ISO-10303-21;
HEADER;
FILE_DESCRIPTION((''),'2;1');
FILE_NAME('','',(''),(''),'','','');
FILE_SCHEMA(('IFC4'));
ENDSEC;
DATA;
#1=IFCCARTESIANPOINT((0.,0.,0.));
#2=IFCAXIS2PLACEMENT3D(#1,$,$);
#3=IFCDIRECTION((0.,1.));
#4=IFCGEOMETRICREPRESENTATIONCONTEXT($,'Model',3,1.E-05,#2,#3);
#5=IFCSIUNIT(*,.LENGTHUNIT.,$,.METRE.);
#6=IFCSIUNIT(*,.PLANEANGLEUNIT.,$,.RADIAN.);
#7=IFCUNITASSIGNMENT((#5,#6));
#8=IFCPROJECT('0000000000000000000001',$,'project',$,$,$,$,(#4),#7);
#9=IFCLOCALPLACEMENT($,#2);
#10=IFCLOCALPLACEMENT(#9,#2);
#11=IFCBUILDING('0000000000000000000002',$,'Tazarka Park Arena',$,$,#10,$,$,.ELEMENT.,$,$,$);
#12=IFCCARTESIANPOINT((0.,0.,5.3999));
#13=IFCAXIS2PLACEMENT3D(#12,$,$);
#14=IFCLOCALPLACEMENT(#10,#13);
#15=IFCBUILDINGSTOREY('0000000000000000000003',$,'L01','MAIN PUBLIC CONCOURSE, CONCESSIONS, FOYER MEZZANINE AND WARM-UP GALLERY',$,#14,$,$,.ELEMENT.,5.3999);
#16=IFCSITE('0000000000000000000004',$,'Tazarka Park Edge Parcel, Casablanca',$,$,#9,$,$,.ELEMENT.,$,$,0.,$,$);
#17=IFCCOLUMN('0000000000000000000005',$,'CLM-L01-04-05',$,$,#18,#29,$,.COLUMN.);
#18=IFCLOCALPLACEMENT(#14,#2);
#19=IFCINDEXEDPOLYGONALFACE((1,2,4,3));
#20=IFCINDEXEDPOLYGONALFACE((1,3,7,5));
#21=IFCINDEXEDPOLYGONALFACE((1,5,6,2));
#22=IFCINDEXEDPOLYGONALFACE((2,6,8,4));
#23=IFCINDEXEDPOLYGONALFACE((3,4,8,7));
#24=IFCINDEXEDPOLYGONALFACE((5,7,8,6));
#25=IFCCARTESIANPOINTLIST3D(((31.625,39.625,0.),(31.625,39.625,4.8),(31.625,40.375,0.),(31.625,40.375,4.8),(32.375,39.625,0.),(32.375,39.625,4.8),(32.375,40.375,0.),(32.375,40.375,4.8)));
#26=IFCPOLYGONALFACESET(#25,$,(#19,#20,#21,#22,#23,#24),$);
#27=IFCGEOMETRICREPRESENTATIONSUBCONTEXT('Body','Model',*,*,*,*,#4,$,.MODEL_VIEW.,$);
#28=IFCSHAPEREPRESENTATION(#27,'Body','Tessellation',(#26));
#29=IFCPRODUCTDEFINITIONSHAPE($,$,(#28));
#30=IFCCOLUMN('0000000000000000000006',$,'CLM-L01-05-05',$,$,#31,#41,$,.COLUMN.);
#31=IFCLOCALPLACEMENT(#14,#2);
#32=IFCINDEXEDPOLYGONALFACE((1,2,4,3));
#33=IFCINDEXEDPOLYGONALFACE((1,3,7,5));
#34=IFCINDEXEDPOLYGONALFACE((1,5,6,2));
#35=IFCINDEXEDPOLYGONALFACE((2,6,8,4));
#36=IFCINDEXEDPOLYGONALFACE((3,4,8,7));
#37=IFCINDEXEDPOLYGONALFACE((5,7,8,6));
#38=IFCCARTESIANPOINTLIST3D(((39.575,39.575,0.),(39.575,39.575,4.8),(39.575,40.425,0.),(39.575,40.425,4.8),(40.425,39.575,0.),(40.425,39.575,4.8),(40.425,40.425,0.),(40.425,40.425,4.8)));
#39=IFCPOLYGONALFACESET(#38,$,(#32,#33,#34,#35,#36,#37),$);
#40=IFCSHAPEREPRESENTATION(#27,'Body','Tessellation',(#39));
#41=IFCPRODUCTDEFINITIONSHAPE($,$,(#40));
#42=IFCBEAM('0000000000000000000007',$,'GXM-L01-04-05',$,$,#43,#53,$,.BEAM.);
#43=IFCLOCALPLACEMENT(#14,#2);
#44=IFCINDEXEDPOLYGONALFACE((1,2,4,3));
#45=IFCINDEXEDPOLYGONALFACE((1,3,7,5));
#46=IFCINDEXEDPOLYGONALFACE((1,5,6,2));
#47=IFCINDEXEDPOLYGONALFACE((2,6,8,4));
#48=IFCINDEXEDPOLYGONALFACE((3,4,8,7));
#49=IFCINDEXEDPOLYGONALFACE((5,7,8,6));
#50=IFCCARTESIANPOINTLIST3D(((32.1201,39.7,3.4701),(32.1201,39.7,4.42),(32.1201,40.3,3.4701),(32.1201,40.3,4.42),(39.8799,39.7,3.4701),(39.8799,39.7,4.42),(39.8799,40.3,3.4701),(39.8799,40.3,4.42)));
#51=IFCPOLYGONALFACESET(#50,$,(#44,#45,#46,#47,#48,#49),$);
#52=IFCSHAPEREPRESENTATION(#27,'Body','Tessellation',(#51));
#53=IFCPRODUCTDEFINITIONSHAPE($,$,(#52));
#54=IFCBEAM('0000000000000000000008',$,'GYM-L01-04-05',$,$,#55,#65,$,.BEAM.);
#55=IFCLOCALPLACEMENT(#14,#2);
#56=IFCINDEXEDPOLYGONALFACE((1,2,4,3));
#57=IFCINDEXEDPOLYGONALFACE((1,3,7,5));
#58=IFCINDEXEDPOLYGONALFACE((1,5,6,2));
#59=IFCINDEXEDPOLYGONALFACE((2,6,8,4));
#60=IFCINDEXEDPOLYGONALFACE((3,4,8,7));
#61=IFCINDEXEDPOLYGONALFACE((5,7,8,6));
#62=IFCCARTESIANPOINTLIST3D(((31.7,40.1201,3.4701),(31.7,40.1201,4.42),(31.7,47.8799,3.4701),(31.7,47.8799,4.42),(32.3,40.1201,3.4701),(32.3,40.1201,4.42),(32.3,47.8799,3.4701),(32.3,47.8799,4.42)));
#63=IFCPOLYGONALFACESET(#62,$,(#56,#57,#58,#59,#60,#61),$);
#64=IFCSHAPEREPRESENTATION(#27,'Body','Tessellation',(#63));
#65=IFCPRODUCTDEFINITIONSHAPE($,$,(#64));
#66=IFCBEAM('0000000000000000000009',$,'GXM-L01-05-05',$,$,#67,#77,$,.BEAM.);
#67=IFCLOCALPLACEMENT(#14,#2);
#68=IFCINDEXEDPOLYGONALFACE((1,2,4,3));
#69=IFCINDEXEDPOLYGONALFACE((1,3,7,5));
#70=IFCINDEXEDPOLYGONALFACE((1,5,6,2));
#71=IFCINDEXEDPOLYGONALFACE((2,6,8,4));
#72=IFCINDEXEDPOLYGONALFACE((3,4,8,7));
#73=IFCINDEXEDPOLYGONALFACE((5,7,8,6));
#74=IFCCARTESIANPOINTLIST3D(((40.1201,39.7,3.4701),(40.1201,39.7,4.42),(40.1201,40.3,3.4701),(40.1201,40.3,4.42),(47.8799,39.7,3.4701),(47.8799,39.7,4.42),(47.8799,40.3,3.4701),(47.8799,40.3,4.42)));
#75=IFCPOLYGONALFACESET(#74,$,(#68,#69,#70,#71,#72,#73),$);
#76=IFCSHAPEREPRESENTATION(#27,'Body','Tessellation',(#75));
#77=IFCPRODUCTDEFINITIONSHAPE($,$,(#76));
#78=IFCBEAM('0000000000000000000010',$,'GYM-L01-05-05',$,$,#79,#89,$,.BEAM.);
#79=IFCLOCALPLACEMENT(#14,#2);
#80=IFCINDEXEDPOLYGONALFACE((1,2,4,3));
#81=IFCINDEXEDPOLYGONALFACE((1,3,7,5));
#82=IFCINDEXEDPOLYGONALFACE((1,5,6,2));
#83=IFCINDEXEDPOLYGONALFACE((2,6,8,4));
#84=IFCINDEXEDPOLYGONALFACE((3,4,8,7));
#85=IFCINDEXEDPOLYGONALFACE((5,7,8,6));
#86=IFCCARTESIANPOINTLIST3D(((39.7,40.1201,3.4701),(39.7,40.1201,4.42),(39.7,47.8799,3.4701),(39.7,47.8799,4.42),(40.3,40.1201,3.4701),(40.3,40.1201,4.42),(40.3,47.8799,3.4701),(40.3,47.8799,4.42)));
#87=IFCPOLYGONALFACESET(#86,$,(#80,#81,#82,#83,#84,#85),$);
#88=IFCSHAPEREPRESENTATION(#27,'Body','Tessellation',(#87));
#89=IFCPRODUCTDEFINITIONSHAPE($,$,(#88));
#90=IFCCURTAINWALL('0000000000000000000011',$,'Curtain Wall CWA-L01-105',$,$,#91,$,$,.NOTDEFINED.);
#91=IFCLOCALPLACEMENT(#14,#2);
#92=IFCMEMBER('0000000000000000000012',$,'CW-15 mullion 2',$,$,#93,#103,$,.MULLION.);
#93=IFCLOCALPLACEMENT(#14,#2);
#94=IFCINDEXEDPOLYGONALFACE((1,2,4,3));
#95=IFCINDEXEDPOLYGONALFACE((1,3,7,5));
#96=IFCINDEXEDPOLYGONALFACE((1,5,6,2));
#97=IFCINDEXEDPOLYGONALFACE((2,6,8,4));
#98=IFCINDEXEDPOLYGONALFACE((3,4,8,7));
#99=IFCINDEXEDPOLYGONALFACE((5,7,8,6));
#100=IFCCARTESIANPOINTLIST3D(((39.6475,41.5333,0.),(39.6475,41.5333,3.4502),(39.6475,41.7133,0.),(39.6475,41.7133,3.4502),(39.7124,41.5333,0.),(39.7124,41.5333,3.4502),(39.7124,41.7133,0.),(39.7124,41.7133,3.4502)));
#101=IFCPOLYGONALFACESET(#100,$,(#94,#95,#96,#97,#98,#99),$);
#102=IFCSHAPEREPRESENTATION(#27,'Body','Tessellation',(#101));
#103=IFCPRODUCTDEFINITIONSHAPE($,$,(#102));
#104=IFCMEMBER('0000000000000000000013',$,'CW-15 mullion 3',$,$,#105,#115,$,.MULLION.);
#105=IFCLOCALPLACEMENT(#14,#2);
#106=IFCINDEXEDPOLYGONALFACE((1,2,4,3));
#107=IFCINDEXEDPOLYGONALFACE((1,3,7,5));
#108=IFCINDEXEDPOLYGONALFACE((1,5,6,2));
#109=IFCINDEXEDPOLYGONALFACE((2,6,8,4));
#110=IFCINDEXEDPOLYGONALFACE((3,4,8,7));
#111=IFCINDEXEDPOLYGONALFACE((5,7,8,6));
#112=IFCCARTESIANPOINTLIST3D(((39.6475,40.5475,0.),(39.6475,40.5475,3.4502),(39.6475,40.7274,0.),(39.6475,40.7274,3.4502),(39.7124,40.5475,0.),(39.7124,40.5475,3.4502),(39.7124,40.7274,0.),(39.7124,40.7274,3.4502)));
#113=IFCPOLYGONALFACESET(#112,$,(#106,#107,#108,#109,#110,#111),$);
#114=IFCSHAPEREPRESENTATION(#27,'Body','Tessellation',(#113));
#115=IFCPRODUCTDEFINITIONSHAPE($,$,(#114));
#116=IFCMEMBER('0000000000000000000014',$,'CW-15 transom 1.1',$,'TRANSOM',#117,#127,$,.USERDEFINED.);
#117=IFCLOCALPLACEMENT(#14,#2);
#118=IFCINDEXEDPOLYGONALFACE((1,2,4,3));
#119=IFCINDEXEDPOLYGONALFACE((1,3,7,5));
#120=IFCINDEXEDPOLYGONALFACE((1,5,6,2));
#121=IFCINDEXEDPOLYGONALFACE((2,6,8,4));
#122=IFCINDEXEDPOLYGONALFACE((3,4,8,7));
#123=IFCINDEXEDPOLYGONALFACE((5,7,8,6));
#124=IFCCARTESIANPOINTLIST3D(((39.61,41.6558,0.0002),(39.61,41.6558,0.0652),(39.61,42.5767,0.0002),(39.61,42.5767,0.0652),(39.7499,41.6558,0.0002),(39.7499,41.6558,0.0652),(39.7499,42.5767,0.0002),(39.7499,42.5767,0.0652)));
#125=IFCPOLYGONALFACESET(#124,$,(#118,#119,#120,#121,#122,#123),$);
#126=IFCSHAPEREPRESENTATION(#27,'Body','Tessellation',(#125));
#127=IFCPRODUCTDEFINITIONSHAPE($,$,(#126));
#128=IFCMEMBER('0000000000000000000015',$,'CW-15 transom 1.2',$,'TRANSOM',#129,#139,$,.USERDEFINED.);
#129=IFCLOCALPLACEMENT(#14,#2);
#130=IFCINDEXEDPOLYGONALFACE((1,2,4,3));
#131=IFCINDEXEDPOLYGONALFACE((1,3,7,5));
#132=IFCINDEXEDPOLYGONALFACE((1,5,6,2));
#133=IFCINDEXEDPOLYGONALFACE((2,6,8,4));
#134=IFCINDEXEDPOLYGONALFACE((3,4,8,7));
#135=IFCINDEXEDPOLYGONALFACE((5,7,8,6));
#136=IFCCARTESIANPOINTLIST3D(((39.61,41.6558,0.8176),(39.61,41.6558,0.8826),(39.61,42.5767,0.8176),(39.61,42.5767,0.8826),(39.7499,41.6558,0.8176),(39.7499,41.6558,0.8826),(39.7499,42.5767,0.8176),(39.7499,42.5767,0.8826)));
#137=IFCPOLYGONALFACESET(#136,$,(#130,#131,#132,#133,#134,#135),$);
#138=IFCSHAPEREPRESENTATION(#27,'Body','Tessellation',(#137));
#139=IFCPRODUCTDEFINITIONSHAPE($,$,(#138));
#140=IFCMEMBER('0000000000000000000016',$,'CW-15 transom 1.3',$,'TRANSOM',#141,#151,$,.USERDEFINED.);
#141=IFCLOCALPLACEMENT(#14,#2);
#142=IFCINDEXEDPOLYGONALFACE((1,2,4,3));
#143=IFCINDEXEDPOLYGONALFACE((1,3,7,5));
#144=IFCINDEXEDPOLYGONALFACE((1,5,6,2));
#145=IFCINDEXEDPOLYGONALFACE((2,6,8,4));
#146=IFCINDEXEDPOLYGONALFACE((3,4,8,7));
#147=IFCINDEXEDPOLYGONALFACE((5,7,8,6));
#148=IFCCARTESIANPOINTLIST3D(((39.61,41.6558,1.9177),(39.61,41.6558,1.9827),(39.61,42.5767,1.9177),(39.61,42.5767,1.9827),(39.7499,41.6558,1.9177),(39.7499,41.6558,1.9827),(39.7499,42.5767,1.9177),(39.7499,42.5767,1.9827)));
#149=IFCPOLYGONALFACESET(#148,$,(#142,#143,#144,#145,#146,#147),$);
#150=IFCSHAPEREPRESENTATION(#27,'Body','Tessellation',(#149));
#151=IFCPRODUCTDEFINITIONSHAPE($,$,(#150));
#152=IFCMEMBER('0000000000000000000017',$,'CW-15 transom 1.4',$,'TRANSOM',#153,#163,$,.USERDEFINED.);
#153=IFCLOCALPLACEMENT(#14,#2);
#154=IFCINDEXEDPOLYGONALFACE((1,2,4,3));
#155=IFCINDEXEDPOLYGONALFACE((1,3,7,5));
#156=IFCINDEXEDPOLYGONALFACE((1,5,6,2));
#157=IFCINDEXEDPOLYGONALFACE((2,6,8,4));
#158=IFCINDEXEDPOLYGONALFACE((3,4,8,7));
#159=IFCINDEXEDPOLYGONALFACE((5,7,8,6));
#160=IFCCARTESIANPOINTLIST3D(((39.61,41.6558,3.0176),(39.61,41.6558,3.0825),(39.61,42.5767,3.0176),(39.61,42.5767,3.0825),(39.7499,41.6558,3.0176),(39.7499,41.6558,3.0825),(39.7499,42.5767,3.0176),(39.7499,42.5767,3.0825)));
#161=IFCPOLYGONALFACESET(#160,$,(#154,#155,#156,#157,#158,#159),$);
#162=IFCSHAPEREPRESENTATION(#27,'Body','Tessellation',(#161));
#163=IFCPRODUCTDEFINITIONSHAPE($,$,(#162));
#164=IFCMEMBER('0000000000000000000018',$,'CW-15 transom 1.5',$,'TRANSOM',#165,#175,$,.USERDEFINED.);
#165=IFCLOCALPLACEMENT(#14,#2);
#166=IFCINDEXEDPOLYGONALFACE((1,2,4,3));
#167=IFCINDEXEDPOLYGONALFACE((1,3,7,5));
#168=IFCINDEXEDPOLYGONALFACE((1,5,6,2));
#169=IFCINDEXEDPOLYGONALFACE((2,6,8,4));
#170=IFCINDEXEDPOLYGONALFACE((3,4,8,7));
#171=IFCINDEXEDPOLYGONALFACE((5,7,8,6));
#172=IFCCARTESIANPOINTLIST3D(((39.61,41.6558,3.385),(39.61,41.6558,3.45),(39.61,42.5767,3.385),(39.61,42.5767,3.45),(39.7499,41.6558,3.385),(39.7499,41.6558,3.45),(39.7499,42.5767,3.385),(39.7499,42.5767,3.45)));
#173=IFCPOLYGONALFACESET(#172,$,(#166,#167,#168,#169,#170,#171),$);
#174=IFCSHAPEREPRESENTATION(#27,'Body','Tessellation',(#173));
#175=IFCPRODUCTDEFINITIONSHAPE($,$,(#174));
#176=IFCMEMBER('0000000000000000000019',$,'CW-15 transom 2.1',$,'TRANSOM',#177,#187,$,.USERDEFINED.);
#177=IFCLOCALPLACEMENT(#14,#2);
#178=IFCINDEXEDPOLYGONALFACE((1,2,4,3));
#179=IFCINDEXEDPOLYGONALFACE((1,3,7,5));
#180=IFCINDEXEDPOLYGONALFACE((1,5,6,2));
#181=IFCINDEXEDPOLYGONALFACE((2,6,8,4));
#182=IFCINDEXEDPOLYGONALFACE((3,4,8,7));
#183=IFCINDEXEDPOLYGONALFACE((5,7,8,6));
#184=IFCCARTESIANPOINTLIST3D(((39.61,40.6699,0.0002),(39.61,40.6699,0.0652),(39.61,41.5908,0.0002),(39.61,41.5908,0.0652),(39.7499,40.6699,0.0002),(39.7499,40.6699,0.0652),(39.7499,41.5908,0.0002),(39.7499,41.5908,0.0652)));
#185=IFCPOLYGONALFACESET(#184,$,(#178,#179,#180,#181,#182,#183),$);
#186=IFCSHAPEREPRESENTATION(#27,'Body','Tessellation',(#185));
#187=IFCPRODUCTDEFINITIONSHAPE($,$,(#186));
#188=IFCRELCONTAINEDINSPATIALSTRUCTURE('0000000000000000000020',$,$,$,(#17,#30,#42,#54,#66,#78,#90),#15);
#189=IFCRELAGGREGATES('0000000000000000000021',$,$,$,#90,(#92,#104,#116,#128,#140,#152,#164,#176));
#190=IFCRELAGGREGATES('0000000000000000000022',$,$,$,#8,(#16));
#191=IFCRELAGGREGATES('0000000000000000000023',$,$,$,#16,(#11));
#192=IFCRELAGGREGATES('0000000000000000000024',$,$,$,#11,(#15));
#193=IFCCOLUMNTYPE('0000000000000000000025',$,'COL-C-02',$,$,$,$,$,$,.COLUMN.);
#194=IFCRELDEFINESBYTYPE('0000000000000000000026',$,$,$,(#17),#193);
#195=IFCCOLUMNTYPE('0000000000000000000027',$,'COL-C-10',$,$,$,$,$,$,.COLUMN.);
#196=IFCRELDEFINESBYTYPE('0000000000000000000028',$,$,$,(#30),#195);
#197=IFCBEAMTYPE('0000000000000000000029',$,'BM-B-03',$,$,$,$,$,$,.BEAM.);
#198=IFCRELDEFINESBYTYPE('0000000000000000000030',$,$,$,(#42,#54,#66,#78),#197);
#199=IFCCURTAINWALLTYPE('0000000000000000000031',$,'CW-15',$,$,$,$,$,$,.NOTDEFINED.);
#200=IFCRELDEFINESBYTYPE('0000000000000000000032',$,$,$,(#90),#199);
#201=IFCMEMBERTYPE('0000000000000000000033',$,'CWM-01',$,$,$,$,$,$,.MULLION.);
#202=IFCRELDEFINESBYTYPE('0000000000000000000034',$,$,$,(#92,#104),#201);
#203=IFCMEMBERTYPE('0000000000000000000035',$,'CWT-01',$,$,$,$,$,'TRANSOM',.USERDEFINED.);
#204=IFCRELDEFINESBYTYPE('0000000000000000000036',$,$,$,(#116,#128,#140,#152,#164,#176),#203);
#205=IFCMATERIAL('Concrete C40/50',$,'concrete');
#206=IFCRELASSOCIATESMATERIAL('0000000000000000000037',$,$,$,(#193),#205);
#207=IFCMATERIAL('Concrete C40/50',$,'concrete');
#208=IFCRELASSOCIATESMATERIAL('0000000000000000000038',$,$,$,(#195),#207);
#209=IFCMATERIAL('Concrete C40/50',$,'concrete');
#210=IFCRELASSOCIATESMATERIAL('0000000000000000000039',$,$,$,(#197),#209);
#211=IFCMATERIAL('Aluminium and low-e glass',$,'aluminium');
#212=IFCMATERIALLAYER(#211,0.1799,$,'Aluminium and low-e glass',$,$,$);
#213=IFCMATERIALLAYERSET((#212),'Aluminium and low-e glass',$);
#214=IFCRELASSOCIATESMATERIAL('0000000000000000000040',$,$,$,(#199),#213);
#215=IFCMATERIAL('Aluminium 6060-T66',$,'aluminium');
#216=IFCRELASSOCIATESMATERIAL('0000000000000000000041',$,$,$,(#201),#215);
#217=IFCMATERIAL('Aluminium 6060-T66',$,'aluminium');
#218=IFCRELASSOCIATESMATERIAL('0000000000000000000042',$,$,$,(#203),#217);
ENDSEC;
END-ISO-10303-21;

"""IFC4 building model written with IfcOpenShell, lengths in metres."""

from ifc_helpers import new_model, si_unit, direction, frame, origin, origin_2d, place, context, subcontext, project, spatial, rectangle, extrude, material, layer, layer_set, material_profile, profile_set, type_object, element, aggregate, save


model = new_model("IFC4")

# Units and contexts
model_context = context("Model", 3, precision=1e-05, world=origin(), true_north=direction((0.0, 1.0)))
body_context = subcontext(model_context, "Body", "Model", "MODEL_VIEW")
ifc_project = project(units=[si_unit("LENGTHUNIT", "METRE"), si_unit("PLANEANGLEUNIT", "RADIAN")], contexts=[model_context])

# Site, building, storey
site_placement = place(None, origin())
site = spatial("IfcSite", under=ifc_project, at=site_placement, Name="Tazarka Park Edge Parcel, Casablanca", CompositionType="ELEMENT", RefElevation=0.0)
building_placement = place(site_placement, origin())
building = spatial("IfcBuilding", under=site, at=building_placement, Name="Tazarka Park Arena", CompositionType="ELEMENT")
storey_placement = place(building_placement, frame((0.0, 0.0, 5.3999)))
storey = spatial("IfcBuildingStorey", under=building, at=storey_placement, Name="L01", Description="MAIN PUBLIC CONCOURSE, CONCESSIONS, FOYER MEZZANINE AND WARM-UP GALLERY", CompositionType="ELEMENT", Elevation=5.3999)

# Columns
ifc_material_1 = material(Name="Concrete C40/50", Category="concrete")
ifc_material_profile_1 = material_profile(ifc_material_1, rectangle(XDim=0.75, YDim=0.75, at=origin_2d()), Name="Concrete C40/50")
ifc_profile_set_1 = profile_set([ifc_material_profile_1], Name="Concrete C40/50")
column_type_1 = type_object("IfcColumnType", Name="COL-C-02", PredefinedType="COLUMN", material=ifc_profile_set_1)
column_1_placement = place(storey_placement, frame((32.0, 40.0, 0.0), z_axis=(0.0, 0.0, 1.0), x_axis=(1.0, 0.0, 0.0)))
element("IfcColumn", 1, at=column_1_placement, inside=storey, type_object=column_type_1, Name="CLM-L01-04-05", PredefinedType="COLUMN", context=body_context, shape_type="SweptSolid", body=[
    extrude(rectangle(XDim=0.75, YDim=0.75, at=origin_2d()), origin(), (0.0, 0.0, 1.0), 4.8),
])
ifc_material_2 = material(Name="Concrete C40/50", Category="concrete")
ifc_material_profile_2 = material_profile(ifc_material_2, rectangle(XDim=0.8501, YDim=0.8501, at=origin_2d()), Name="Concrete C40/50")
ifc_profile_set_2 = profile_set([ifc_material_profile_2], Name="Concrete C40/50")
column_type_2 = type_object("IfcColumnType", Name="COL-C-10", PredefinedType="COLUMN", material=ifc_profile_set_2)
column_2_placement = place(storey_placement, frame((40.0, 40.0, 0.0), z_axis=(0.0, 0.0, 1.0), x_axis=(1.0, 0.0, 0.0)))
element("IfcColumn", 2, at=column_2_placement, inside=storey, type_object=column_type_2, Name="CLM-L01-05-05", PredefinedType="COLUMN", context=body_context, shape_type="SweptSolid", body=[
    extrude(rectangle(XDim=0.8501, YDim=0.8501, at=origin_2d()), origin(), (0.0, 0.0, 1.0), 4.8),
])

# Beams
ifc_material_3 = material(Name="Concrete C40/50", Category="concrete")
ifc_material_profile_3 = material_profile(ifc_material_3, rectangle(XDim=0.6001, YDim=0.95, at=origin_2d()), Name="Concrete C40/50")
ifc_profile_set_3 = profile_set([ifc_material_profile_3], Name="Concrete C40/50")
beam_type = type_object("IfcBeamType", Name="BM-B-03", PredefinedType="BEAM", material=ifc_profile_set_3)
for number, where, z_axis, x_axis, name in (
    (3, (32.1201, 40.0, 3.9451), (1.0, 0.0, 0.0), (0.0, 1.0, 0.0), "GXM-L01-04-05"),
    (4, (32.0, 40.1201, 3.9451), (0.0, 1.0, 0.0), (-1.0, 0.0, 0.0), "GYM-L01-04-05"),
    (5, (40.1201, 40.0, 3.9451), (1.0, 0.0, 0.0), (0.0, 1.0, 0.0), "GXM-L01-05-05"),
    (6, (40.0, 40.1201, 3.9451), (0.0, 1.0, 0.0), (-1.0, 0.0, 0.0), "GYM-L01-05-05"),
):
    element("IfcBeam", number, at=place(storey_placement, frame(where, z_axis=z_axis, x_axis=x_axis)), inside=storey, type_object=beam_type, Name=name, PredefinedType="BEAM", context=body_context, shape_type="SweptSolid", body=[
        extrude(rectangle(XDim=0.6001, YDim=0.95, at=origin_2d()), origin(), (0.0, 0.0, 1.0), 7.7598),
    ])

# Curtain wall, members
ifc_material_4 = material(Name="Aluminium and low-e glass", Category="aluminium")
ifc_layer_1 = layer(ifc_material_4, 0.1799, Name="Aluminium and low-e glass")
ifc_layer_set_1 = layer_set([ifc_layer_1], Name="Aluminium and low-e glass")
curtain_wall_type_1 = type_object("IfcCurtainWallType", Name="CW-15", PredefinedType="NOTDEFINED", material=ifc_layer_set_1)
curtain_wall_1_placement = place(storey_placement, origin())
curtain_wall_1 = element("IfcCurtainWall", 7, at=curtain_wall_1_placement, inside=storey, type_object=curtain_wall_type_1, Name="Curtain Wall CWA-L01-105", PredefinedType="NOTDEFINED")
ifc_material_5 = material(Name="Aluminium 6060-T66", Category="aluminium")
ifc_material_profile_4 = material_profile(ifc_material_5, rectangle(XDim=0.0649, YDim=0.1799, at=origin_2d()), Name="Aluminium 6060-T66")
ifc_profile_set_4 = profile_set([ifc_material_profile_4], Name="Aluminium 6060-T66")
member_type_1 = type_object("IfcMemberType", Name="CWM-01", PredefinedType="MULLION", material=ifc_profile_set_4)
member_1_placement = place(storey_placement, frame((39.6799, 41.6233, 0.0), z_axis=(0.0, 0.0, 1.0), x_axis=(1.0, 0.0, 0.0)))
member_1 = element("IfcMember", 8, at=member_1_placement, type_object=member_type_1, Name="CW-15 mullion 2", PredefinedType="MULLION", context=body_context, shape_type="SweptSolid", body=[
    extrude(rectangle(XDim=0.0649, YDim=0.1799, at=origin_2d()), origin(), (0.0, 0.0, 1.0), 3.4502),
])
member_2_placement = place(storey_placement, frame((39.6799, 40.6375, 0.0), z_axis=(0.0, 0.0, 1.0), x_axis=(1.0, 0.0, 0.0)))
member_2 = element("IfcMember", 9, at=member_2_placement, type_object=member_type_1, Name="CW-15 mullion 3", PredefinedType="MULLION", context=body_context, shape_type="SweptSolid", body=[
    extrude(rectangle(XDim=0.0649, YDim=0.1799, at=origin_2d()), origin(), (0.0, 0.0, 1.0), 3.4502),
])
ifc_material_6 = material(Name="Aluminium 6060-T66", Category="aluminium")
ifc_material_profile_5 = material_profile(ifc_material_6, rectangle(XDim=0.1399, YDim=0.0649, at=origin_2d()), Name="Aluminium 6060-T66")
ifc_profile_set_5 = profile_set([ifc_material_profile_5], Name="Aluminium 6060-T66")
member_type_2 = type_object("IfcMemberType", Name="CWT-01", ElementType="TRANSOM", PredefinedType="USERDEFINED", material=ifc_profile_set_5)
member_3_placement = place(storey_placement, frame((39.6799, 42.5767, 0.0327), z_axis=(0.0, -1.0, 0.0), x_axis=(1.0, 0.0, 0.0)))
member_3 = element("IfcMember", 10, at=member_3_placement, type_object=member_type_2, Name="CW-15 transom 1.1", ObjectType="TRANSOM", PredefinedType="USERDEFINED", context=body_context, shape_type="SweptSolid", body=[
    extrude(rectangle(XDim=0.1399, YDim=0.0649, at=origin_2d()), origin(), (0.0, 0.0, 1.0), 0.9209),
])
member_4_placement = place(storey_placement, frame((39.6799, 42.5767, 0.8501), z_axis=(0.0, -1.0, 0.0), x_axis=(1.0, 0.0, 0.0)))
member_4 = element("IfcMember", 11, at=member_4_placement, type_object=member_type_2, Name="CW-15 transom 1.2", ObjectType="TRANSOM", PredefinedType="USERDEFINED", context=body_context, shape_type="SweptSolid", body=[
    extrude(rectangle(XDim=0.1399, YDim=0.0649, at=origin_2d()), origin(), (0.0, 0.0, 1.0), 0.9209),
])
member_5_placement = place(storey_placement, frame((39.6799, 42.5767, 1.9502), z_axis=(0.0, -1.0, 0.0), x_axis=(1.0, 0.0, 0.0)))
member_5 = element("IfcMember", 12, at=member_5_placement, type_object=member_type_2, Name="CW-15 transom 1.3", ObjectType="TRANSOM", PredefinedType="USERDEFINED", context=body_context, shape_type="SweptSolid", body=[
    extrude(rectangle(XDim=0.1399, YDim=0.0649, at=origin_2d()), origin(), (0.0, 0.0, 1.0), 0.9209),
])
member_6_placement = place(storey_placement, frame((39.6799, 42.5767, 3.05), z_axis=(0.0, -1.0, 0.0), x_axis=(1.0, 0.0, 0.0)))
member_6 = element("IfcMember", 13, at=member_6_placement, type_object=member_type_2, Name="CW-15 transom 1.4", ObjectType="TRANSOM", PredefinedType="USERDEFINED", context=body_context, shape_type="SweptSolid", body=[
    extrude(rectangle(XDim=0.1399, YDim=0.0649, at=origin_2d()), origin(), (0.0, 0.0, 1.0), 0.9209),
])
member_7_placement = place(storey_placement, frame((39.6799, 42.5767, 3.4175), z_axis=(0.0, -1.0, 0.0), x_axis=(1.0, 0.0, 0.0)))
member_7 = element("IfcMember", 14, at=member_7_placement, type_object=member_type_2, Name="CW-15 transom 1.5", ObjectType="TRANSOM", PredefinedType="USERDEFINED", context=body_context, shape_type="SweptSolid", body=[
    extrude(rectangle(XDim=0.1399, YDim=0.0649, at=origin_2d()), origin(), (0.0, 0.0, 1.0), 0.9209),
])
member_8_placement = place(storey_placement, frame((39.6799, 41.5908, 0.0327), z_axis=(0.0, -1.0, 0.0), x_axis=(1.0, 0.0, 0.0)))
member_8 = element("IfcMember", 15, at=member_8_placement, type_object=member_type_2, Name="CW-15 transom 2.1", ObjectType="TRANSOM", PredefinedType="USERDEFINED", context=body_context, shape_type="SweptSolid", body=[
    extrude(rectangle(XDim=0.1399, YDim=0.0649, at=origin_2d()), origin(), (0.0, 0.0, 1.0), 0.9209),
])
aggregate(curtain_wall_1, [member_1, member_2, member_3, member_4, member_5, member_6, member_7, member_8])

save(model, "model.ifc")
